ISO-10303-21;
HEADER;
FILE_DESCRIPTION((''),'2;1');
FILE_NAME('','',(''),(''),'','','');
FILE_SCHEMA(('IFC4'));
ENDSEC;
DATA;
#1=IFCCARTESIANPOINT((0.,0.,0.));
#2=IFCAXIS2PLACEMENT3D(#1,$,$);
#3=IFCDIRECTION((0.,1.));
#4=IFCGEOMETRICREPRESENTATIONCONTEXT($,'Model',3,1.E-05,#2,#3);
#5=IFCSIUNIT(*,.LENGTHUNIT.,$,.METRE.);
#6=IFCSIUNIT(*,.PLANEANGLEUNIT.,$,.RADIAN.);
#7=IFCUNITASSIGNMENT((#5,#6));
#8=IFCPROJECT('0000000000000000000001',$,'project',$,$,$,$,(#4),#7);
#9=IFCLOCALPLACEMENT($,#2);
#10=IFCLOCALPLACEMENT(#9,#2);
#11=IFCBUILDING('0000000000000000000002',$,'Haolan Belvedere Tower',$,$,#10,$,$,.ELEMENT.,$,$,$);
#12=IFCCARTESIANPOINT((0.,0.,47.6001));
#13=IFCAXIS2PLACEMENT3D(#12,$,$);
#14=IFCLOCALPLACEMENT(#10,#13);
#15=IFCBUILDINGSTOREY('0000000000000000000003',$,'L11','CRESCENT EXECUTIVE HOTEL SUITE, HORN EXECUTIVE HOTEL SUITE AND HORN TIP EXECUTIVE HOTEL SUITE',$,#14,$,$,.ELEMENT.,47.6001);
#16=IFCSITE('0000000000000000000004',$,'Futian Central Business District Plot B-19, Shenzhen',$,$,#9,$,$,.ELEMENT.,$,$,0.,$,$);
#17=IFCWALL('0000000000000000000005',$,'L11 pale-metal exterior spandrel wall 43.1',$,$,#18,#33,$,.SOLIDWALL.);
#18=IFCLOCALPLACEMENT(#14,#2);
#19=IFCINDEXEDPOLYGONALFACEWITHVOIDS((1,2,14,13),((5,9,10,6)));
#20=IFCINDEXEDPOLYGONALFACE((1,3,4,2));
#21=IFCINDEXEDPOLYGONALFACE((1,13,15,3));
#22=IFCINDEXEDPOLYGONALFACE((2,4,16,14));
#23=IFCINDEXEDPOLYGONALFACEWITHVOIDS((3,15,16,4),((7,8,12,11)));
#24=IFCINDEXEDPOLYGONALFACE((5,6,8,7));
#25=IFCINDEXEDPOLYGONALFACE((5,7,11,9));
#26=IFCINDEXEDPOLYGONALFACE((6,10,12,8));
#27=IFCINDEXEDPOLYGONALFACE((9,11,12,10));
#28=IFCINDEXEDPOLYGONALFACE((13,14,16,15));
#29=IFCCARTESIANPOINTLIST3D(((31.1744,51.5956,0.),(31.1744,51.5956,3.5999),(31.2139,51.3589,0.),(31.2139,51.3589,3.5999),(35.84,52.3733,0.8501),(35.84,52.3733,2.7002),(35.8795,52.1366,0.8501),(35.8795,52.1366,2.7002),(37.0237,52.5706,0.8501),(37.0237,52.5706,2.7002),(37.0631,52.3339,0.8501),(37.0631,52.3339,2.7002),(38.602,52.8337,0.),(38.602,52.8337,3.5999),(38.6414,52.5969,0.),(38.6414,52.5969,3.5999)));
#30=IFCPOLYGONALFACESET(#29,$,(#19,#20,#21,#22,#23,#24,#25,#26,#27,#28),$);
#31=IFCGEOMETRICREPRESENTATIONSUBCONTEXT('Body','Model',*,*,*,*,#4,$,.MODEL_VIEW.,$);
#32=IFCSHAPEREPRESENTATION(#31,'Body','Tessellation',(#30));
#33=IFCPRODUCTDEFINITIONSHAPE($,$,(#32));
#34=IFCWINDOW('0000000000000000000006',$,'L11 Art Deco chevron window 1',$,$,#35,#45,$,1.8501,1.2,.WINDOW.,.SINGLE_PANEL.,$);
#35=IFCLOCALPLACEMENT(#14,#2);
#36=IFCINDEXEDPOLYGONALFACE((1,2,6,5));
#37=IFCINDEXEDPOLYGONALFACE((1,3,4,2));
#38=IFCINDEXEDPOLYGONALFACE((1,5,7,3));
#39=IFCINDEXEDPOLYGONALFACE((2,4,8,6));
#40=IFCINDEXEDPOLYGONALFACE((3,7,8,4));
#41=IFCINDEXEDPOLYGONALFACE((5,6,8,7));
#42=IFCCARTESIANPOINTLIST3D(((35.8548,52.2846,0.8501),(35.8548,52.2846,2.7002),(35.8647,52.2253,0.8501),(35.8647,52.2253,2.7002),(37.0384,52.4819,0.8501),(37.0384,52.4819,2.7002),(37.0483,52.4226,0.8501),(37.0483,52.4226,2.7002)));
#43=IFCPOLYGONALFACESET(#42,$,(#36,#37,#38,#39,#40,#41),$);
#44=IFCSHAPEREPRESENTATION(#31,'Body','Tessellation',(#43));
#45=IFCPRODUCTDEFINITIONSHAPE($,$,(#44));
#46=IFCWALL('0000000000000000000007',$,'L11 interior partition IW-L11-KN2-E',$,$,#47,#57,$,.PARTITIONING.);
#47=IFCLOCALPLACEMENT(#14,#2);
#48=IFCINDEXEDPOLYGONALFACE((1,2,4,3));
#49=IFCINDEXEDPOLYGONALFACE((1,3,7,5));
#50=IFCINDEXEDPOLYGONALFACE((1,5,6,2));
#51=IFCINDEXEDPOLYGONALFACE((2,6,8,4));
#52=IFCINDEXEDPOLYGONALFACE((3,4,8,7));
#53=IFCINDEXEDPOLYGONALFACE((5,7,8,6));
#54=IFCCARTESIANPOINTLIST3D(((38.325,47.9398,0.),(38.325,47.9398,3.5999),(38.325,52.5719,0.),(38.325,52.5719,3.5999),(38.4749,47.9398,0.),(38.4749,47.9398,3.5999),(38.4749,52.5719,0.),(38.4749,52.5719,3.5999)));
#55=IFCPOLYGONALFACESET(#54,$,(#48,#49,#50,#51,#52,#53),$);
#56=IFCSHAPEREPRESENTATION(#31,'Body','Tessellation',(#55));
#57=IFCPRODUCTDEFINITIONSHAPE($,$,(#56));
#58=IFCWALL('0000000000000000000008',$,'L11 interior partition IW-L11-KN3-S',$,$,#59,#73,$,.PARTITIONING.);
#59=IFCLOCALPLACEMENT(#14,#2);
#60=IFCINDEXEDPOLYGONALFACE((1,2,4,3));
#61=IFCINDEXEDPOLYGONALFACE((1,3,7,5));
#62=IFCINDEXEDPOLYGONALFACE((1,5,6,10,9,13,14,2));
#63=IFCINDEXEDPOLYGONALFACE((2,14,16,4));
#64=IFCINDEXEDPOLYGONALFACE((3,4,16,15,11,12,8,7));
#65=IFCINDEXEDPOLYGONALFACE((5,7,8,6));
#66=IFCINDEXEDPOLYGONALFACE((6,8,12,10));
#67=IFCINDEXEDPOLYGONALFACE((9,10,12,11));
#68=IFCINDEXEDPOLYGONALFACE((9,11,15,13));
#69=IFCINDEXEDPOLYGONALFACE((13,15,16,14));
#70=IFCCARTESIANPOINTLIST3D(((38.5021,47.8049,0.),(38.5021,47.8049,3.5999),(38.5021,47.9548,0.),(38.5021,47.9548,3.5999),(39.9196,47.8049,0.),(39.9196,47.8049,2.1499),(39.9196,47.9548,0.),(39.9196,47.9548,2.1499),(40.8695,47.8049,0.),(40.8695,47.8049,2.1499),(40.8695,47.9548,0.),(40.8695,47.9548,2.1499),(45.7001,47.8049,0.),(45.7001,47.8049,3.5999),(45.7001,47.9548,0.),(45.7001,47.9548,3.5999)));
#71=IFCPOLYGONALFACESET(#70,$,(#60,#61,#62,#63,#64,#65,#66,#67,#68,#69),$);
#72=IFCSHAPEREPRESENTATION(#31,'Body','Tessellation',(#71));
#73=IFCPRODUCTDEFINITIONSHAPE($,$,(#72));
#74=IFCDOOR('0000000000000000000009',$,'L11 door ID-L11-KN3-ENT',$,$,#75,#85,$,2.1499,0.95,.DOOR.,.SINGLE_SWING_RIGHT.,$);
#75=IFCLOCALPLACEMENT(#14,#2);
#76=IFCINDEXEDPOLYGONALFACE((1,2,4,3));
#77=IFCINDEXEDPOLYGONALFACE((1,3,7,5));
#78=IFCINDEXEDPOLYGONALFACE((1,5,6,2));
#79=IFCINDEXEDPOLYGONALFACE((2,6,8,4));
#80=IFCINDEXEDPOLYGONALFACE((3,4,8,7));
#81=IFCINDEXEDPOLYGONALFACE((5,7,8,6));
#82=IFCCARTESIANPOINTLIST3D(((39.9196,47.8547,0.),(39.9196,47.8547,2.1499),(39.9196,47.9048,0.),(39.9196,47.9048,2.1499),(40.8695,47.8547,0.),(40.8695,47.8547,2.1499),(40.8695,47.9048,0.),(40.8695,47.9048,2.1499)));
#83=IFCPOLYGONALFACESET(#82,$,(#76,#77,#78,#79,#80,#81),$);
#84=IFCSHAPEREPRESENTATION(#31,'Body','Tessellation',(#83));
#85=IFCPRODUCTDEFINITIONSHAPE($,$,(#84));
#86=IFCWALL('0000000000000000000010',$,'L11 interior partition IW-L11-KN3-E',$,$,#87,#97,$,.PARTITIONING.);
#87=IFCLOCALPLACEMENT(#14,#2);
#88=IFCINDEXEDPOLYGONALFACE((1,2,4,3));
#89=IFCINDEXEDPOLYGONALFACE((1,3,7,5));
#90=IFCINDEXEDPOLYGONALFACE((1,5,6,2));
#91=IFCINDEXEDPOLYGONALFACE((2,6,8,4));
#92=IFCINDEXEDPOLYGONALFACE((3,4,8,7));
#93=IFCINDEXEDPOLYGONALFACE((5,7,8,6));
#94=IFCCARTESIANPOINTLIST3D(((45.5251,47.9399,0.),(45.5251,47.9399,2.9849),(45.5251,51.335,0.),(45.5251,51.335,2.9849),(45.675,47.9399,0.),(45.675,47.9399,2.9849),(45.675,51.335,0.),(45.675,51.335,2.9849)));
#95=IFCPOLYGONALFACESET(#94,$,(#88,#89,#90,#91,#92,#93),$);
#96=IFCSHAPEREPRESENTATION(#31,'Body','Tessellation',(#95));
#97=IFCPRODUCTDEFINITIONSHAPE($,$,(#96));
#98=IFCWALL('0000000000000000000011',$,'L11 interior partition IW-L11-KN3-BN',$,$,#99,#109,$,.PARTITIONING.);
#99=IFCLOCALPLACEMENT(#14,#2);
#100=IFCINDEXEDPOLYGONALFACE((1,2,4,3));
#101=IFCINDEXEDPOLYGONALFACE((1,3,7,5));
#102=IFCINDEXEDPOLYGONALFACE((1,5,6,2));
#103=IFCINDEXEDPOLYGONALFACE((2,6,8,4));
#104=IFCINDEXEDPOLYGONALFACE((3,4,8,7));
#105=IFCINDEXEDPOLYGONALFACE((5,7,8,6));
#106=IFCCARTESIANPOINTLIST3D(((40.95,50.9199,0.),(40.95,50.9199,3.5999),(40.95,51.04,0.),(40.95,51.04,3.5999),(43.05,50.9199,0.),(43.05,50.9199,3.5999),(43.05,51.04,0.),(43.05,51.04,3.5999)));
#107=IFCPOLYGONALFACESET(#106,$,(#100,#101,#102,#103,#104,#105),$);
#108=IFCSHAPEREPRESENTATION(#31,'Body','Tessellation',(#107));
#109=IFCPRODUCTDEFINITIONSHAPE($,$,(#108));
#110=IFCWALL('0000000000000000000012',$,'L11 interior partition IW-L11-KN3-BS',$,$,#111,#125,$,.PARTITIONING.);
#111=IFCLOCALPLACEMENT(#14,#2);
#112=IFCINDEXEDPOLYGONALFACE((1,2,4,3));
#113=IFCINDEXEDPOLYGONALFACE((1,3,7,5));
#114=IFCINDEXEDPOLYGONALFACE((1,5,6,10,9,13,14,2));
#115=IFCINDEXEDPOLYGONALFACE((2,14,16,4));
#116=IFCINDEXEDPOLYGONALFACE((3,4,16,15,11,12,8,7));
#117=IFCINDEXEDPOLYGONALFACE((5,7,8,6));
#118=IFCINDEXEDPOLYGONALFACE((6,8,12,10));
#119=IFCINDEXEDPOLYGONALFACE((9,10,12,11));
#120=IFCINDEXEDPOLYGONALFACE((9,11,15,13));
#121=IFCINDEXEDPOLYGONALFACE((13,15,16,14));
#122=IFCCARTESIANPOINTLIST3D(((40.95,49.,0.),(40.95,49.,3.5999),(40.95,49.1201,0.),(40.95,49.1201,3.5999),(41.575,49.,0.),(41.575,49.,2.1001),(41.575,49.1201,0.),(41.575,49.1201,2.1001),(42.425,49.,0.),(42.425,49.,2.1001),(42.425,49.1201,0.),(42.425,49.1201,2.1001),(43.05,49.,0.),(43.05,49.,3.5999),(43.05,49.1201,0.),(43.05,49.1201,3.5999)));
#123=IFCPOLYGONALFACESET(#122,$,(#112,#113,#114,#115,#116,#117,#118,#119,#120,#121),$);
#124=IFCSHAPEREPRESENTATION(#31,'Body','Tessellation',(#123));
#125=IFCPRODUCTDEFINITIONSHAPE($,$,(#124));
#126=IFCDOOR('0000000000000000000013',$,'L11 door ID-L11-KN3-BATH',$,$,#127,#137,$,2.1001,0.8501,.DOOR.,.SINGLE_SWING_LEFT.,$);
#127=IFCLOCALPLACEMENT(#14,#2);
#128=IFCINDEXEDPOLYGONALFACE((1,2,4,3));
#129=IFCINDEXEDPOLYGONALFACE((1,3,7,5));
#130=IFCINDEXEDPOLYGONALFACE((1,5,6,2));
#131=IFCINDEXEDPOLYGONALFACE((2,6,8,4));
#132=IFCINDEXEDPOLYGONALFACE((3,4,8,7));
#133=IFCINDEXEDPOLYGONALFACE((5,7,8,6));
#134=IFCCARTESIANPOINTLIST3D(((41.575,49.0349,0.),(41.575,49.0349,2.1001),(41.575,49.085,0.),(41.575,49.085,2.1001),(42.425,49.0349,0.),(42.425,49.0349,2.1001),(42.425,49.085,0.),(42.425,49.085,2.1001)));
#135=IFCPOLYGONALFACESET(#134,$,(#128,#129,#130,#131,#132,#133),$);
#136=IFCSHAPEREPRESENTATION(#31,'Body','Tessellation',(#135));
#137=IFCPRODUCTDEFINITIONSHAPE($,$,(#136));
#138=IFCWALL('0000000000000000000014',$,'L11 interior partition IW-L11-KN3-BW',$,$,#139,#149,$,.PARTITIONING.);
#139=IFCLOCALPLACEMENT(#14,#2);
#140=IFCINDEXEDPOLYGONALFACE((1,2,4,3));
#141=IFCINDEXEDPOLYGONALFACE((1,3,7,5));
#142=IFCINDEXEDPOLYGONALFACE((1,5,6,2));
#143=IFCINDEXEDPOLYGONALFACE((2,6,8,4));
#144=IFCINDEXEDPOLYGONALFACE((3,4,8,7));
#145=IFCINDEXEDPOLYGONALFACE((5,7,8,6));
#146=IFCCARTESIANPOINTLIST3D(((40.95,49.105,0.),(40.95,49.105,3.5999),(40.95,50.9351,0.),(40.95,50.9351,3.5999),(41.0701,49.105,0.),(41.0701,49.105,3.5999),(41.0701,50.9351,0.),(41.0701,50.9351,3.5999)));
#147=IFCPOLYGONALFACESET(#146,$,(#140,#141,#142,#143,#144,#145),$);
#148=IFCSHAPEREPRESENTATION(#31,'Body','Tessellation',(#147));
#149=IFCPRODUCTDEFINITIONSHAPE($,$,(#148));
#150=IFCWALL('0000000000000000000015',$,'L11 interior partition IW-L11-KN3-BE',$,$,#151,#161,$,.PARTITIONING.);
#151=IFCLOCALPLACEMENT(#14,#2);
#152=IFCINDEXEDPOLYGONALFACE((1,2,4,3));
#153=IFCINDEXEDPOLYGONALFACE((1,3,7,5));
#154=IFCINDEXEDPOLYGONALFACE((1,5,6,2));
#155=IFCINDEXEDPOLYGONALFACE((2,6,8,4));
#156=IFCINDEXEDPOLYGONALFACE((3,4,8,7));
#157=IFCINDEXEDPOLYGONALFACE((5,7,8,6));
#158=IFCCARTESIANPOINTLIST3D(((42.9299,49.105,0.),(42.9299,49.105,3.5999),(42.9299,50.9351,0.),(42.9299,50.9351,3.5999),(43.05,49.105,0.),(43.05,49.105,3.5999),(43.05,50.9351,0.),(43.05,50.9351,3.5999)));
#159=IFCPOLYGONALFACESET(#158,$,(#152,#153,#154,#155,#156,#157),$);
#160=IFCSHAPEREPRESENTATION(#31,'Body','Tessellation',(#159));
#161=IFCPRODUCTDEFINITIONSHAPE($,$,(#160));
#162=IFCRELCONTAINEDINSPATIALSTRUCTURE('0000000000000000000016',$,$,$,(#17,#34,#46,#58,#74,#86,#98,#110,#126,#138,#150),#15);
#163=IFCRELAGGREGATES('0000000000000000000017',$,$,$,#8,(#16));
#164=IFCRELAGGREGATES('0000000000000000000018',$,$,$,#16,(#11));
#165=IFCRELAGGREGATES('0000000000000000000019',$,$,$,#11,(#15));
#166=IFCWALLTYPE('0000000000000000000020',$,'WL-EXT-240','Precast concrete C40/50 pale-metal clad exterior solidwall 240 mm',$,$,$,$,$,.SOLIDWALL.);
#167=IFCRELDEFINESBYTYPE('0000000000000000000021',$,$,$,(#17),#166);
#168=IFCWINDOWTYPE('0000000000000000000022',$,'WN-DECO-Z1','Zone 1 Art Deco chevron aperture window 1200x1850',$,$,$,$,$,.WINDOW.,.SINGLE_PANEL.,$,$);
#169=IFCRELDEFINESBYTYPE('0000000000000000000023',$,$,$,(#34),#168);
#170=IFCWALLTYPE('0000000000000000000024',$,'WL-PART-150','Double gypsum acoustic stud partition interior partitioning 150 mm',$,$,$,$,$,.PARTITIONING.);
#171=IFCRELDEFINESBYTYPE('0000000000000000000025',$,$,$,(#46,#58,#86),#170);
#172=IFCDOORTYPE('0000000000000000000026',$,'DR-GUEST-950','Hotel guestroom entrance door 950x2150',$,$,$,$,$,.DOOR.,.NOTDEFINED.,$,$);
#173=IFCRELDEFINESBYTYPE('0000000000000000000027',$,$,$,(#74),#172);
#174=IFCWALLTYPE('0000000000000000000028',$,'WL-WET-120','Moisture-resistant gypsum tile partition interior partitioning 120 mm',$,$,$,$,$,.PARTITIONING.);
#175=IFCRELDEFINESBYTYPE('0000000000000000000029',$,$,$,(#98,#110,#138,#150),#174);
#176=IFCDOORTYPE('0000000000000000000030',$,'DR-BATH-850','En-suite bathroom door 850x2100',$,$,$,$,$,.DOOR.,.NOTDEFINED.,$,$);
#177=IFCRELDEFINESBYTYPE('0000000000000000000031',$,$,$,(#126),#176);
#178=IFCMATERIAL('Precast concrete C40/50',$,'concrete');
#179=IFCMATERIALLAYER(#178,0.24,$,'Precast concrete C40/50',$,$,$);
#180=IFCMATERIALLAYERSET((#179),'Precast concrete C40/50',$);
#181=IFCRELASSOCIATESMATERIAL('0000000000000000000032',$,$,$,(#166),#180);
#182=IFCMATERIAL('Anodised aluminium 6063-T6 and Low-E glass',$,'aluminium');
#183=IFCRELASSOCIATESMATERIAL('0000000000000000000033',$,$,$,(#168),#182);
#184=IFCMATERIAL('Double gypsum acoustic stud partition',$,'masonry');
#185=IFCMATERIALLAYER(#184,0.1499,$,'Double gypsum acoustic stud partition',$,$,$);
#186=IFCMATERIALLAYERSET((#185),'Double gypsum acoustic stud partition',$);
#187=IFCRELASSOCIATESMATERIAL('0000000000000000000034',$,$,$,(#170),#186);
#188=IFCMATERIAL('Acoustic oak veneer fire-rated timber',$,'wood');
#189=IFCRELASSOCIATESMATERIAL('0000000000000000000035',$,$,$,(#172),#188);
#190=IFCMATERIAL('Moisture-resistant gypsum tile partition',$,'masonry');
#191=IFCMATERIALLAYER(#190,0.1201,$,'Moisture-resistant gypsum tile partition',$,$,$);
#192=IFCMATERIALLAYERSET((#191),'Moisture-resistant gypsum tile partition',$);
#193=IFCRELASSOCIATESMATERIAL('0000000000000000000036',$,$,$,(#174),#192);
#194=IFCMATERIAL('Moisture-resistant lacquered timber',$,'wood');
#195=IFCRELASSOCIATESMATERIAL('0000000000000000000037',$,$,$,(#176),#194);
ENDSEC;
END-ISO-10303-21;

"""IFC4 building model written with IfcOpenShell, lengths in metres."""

from ifc_helpers import new_model, si_unit, direction, frame, frame_2d, origin, place, context, subcontext, project, spatial, rectangle, extrude, material, layer, layer_set, type_object, element, fill, save


model = new_model("IFC4")

# Units and contexts
model_context = context("Model", 3, precision=1e-05, world=origin(), true_north=direction((0.0, 1.0)))
body_context = subcontext(model_context, "Body", "Model", "MODEL_VIEW")
ifc_project = project(units=[si_unit("LENGTHUNIT", "METRE"), si_unit("PLANEANGLEUNIT", "RADIAN")], contexts=[model_context])

# Site, building, storey
site_placement = place(None, origin())
site = spatial("IfcSite", under=ifc_project, at=site_placement, Name="Futian Central Business District Plot B-19, Shenzhen", CompositionType="ELEMENT", RefElevation=0.0)
building_placement = place(site_placement, origin())
building = spatial("IfcBuilding", under=site, at=building_placement, Name="Haolan Belvedere Tower", CompositionType="ELEMENT")
storey_placement = place(building_placement, frame((0.0, 0.0, 47.6001)))
storey = spatial("IfcBuildingStorey", under=building, at=storey_placement, Name="L11", Description="CRESCENT EXECUTIVE HOTEL SUITE, HORN EXECUTIVE HOTEL SUITE AND HORN TIP EXECUTIVE HOTEL SUITE", CompositionType="ELEMENT", Elevation=47.6001)

# Wall, opening, window
ifc_material_1 = material(Name="Precast concrete C40/50", Category="concrete")
ifc_layer_1 = layer(ifc_material_1, 0.24, Name="Precast concrete C40/50")
ifc_layer_set_1 = layer_set([ifc_layer_1], Name="Precast concrete C40/50")
wall_type_1 = type_object("IfcWallType", Name="WL-EXT-240", Description="Precast concrete C40/50 pale-metal clad exterior solidwall 240 mm", PredefinedType="SOLIDWALL", material=ifc_layer_set_1)
wall_1_placement = place(storey_placement, frame((38.6218, 52.7153, 0.0), z_axis=(0.0, 0.0, 1.0), x_axis=(-0.986391, -0.164415, 0.0)))
wall_1 = element("IfcWall", 1, at=wall_1_placement, inside=storey, type_object=wall_type_1, Name="L11 pale-metal exterior spandrel wall 43.1", PredefinedType="SOLIDWALL", context=body_context, shape_type="SweptSolid", body=[
    extrude(rectangle(XDim=7.53, YDim=0.24, at=frame_2d((3.7651, 0.0))), origin(), (0.0, 0.0, 1.0), 3.5999),
])
opening_1_placement = place(wall_1_placement, frame((1.6001, 0.0, 0.8501)))
opening_1 = element("IfcOpeningElement", 2, at=opening_1_placement, cuts=wall_1, PredefinedType="OPENING", context=body_context, shape_type="SweptSolid", body=[
    extrude(rectangle(XDim=1.2, YDim=1.8501, at=frame_2d((0.6001, 0.925))), frame((0.0, 0.1299, 0.0), z_axis=(0.0, -1.0, 0.0), x_axis=(1.0, 0.0, 0.0)), (0.0, 0.0, 1.0), 0.26),
])
ifc_material_2 = material(Name="Anodised aluminium 6063-T6 and Low-E glass", Category="aluminium")
window_type = type_object("IfcWindowType", Name="WN-DECO-Z1", Description="Zone 1 Art Deco chevron aperture window 1200x1850", PartitioningType="SINGLE_PANEL", PredefinedType="WINDOW", material=ifc_material_2)
window_placement = place(opening_1_placement, origin())
window = element("IfcWindow", 3, at=window_placement, inside=storey, type_object=window_type, Name="L11 Art Deco chevron window 1", OverallHeight=1.8501, OverallWidth=1.2, PartitioningType="SINGLE_PANEL", PredefinedType="WINDOW", context=body_context, shape_type="SweptSolid", body=[
    extrude(rectangle(XDim=1.2, YDim=1.8501, at=frame_2d((0.6001, 0.925))), frame((0.0, 0.03, 0.0), z_axis=(0.0, -1.0, 0.0), x_axis=(1.0, 0.0, 0.0)), (0.0, 0.0, 1.0), 0.0601),
])
fill(opening_1, window)

# Wall
ifc_material_3 = material(Name="Double gypsum acoustic stud partition", Category="masonry")
ifc_layer_2 = layer(ifc_material_3, 0.1499, Name="Double gypsum acoustic stud partition")
ifc_layer_set_2 = layer_set([ifc_layer_2], Name="Double gypsum acoustic stud partition")
wall_type_2 = type_object("IfcWallType", Name="WL-PART-150", Description="Double gypsum acoustic stud partition interior partitioning 150 mm", PredefinedType="PARTITIONING", material=ifc_layer_set_2)
wall_2_placement = place(storey_placement, frame((38.3999, 47.9399, 0.0), z_axis=(0.0, 0.0, 1.0), x_axis=(0.0, 1.0, 0.0)))
element("IfcWall", 4, at=wall_2_placement, inside=storey, type_object=wall_type_2, Name="L11 interior partition IW-L11-KN2-E", PredefinedType="PARTITIONING", context=body_context, shape_type="SweptSolid", body=[
    extrude(rectangle(XDim=4.6321, YDim=0.1499, at=frame_2d((2.3159, 0.0))), origin(), (0.0, 0.0, 1.0), 3.5999),
])

# Wall, opening, door
wall_3_placement = place(storey_placement, frame((38.502, 47.8799, 0.0), z_axis=(0.0, 0.0, 1.0), x_axis=(1.0, 0.0, 0.0)))
wall_3 = element("IfcWall", 5, at=wall_3_placement, inside=storey, type_object=wall_type_2, Name="L11 interior partition IW-L11-KN3-S", PredefinedType="PARTITIONING", context=body_context, shape_type="SweptSolid", body=[
    extrude(rectangle(XDim=7.198, YDim=0.1499, at=frame_2d((3.5991, 0.0))), origin(), (0.0, 0.0, 1.0), 3.5999),
])
opening_2_placement = place(wall_3_placement, frame((1.4175, 0.0, 0.0)))
opening_2 = element("IfcOpeningElement", 6, at=opening_2_placement, cuts=wall_3, PredefinedType="OPENING", context=body_context, shape_type="SweptSolid", body=[
    extrude(rectangle(XDim=0.95, YDim=2.1499, at=frame_2d((0.4751, 1.075))), frame((0.0, 0.085, 0.0), z_axis=(0.0, -1.0, 0.0), x_axis=(1.0, 0.0, 0.0)), (0.0, 0.0, 1.0), 0.1699),
])
ifc_material_4 = material(Name="Acoustic oak veneer fire-rated timber", Category="wood")
door_type_1 = type_object("IfcDoorType", Name="DR-GUEST-950", Description="Hotel guestroom entrance door 950x2150", OperationType="NOTDEFINED", PredefinedType="DOOR", material=ifc_material_4)
door_1_placement = place(opening_2_placement, origin())
door_1 = element("IfcDoor", 7, at=door_1_placement, inside=storey, type_object=door_type_1, Name="L11 door ID-L11-KN3-ENT", OperationType="SINGLE_SWING_RIGHT", OverallHeight=2.1499, OverallWidth=0.95, PredefinedType="DOOR", context=body_context, shape_type="SweptSolid", body=[
    extrude(rectangle(XDim=0.95, YDim=2.1499, at=frame_2d((0.4751, 1.075))), frame((0.0, 0.0249, 0.0), z_axis=(0.0, -1.0, 0.0), x_axis=(1.0, 0.0, 0.0)), (0.0, 0.0, 1.0), 0.05),
])
fill(opening_2, door_1)

# Walls
wall_4_placement = place(storey_placement, frame((45.6001, 47.9399, 0.0), z_axis=(0.0, 0.0, 1.0), x_axis=(0.0, 1.0, 0.0)))
element("IfcWall", 8, at=wall_4_placement, inside=storey, type_object=wall_type_2, Name="L11 interior partition IW-L11-KN3-E", PredefinedType="PARTITIONING", context=body_context, shape_type="SweptSolid", body=[
    extrude(rectangle(XDim=3.395, YDim=0.1499, at=frame_2d((1.6975, 0.0))), origin(), (0.0, 0.0, 1.0), 2.9849),
])
ifc_material_5 = material(Name="Moisture-resistant gypsum tile partition", Category="masonry")
ifc_layer_3 = layer(ifc_material_5, 0.1201, Name="Moisture-resistant gypsum tile partition")
ifc_layer_set_3 = layer_set([ifc_layer_3], Name="Moisture-resistant gypsum tile partition")
wall_type_3 = type_object("IfcWallType", Name="WL-WET-120", Description="Moisture-resistant gypsum tile partition interior partitioning 120 mm", PredefinedType="PARTITIONING", material=ifc_layer_set_3)
wall_5_placement = place(storey_placement, frame((40.95, 50.98, 0.0), z_axis=(0.0, 0.0, 1.0), x_axis=(1.0, 0.0, 0.0)))
element("IfcWall", 9, at=wall_5_placement, inside=storey, type_object=wall_type_3, Name="L11 interior partition IW-L11-KN3-BN", PredefinedType="PARTITIONING", context=body_context, shape_type="SweptSolid", body=[
    extrude(rectangle(XDim=2.1001, YDim=0.1201, at=frame_2d((1.05, 0.0))), origin(), (0.0, 0.0, 1.0), 3.5999),
])

# Wall, opening, door
wall_6_placement = place(storey_placement, frame((40.95, 49.0601, 0.0), z_axis=(0.0, 0.0, 1.0), x_axis=(1.0, 0.0, 0.0)))
wall_6 = element("IfcWall", 10, at=wall_6_placement, inside=storey, type_object=wall_type_3, Name="L11 interior partition IW-L11-KN3-BS", PredefinedType="PARTITIONING", context=body_context, shape_type="SweptSolid", body=[
    extrude(rectangle(XDim=2.1001, YDim=0.1201, at=frame_2d((1.05, 0.0))), origin(), (0.0, 0.0, 1.0), 3.5999),
])
opening_3_placement = place(wall_6_placement, frame((0.625, 0.0, 0.0)))
opening_3 = element("IfcOpeningElement", 11, at=opening_3_placement, cuts=wall_6, PredefinedType="OPENING", context=body_context, shape_type="SweptSolid", body=[
    extrude(rectangle(XDim=0.8501, YDim=2.1001, at=frame_2d((0.425, 1.05))), frame((0.0, 0.0701, 0.0), z_axis=(0.0, -1.0, 0.0), x_axis=(1.0, 0.0, 0.0)), (0.0, 0.0, 1.0), 0.1401),
])
ifc_material_6 = material(Name="Moisture-resistant lacquered timber", Category="wood")
door_type_2 = type_object("IfcDoorType", Name="DR-BATH-850", Description="En-suite bathroom door 850x2100", OperationType="NOTDEFINED", PredefinedType="DOOR", material=ifc_material_6)
door_2_placement = place(opening_3_placement, origin())
door_2 = element("IfcDoor", 12, at=door_2_placement, inside=storey, type_object=door_type_2, Name="L11 door ID-L11-KN3-BATH", OperationType="SINGLE_SWING_LEFT", OverallHeight=2.1001, OverallWidth=0.8501, PredefinedType="DOOR", context=body_context, shape_type="SweptSolid", body=[
    extrude(rectangle(XDim=0.8501, YDim=2.1001, at=frame_2d((0.425, 1.05))), frame((0.0, 0.0249, 0.0), z_axis=(0.0, -1.0, 0.0), x_axis=(1.0, 0.0, 0.0)), (0.0, 0.0, 1.0), 0.05),
])
fill(opening_3, door_2)

# Walls
for number, where, z_axis, x_axis, name in (
    (13, (41.01, 49.105, 0.0), (0.0, 0.0, 1.0), (0.0, 1.0, 0.0), "L11 interior partition IW-L11-KN3-BW"),
    (14, (42.99, 49.105, 0.0), (0.0, 0.0, 1.0), (0.0, 1.0, 0.0), "L11 interior partition IW-L11-KN3-BE"),
):
    element("IfcWall", number, at=place(storey_placement, frame(where, z_axis=z_axis, x_axis=x_axis)), inside=storey, type_object=wall_type_3, Name=name, PredefinedType="PARTITIONING", context=body_context, shape_type="SweptSolid", body=[
        extrude(rectangle(XDim=1.8301, YDim=0.1201, at=frame_2d((0.915, 0.0))), origin(), (0.0, 0.0, 1.0), 3.5999),
    ])

save(model, "model.ifc")
